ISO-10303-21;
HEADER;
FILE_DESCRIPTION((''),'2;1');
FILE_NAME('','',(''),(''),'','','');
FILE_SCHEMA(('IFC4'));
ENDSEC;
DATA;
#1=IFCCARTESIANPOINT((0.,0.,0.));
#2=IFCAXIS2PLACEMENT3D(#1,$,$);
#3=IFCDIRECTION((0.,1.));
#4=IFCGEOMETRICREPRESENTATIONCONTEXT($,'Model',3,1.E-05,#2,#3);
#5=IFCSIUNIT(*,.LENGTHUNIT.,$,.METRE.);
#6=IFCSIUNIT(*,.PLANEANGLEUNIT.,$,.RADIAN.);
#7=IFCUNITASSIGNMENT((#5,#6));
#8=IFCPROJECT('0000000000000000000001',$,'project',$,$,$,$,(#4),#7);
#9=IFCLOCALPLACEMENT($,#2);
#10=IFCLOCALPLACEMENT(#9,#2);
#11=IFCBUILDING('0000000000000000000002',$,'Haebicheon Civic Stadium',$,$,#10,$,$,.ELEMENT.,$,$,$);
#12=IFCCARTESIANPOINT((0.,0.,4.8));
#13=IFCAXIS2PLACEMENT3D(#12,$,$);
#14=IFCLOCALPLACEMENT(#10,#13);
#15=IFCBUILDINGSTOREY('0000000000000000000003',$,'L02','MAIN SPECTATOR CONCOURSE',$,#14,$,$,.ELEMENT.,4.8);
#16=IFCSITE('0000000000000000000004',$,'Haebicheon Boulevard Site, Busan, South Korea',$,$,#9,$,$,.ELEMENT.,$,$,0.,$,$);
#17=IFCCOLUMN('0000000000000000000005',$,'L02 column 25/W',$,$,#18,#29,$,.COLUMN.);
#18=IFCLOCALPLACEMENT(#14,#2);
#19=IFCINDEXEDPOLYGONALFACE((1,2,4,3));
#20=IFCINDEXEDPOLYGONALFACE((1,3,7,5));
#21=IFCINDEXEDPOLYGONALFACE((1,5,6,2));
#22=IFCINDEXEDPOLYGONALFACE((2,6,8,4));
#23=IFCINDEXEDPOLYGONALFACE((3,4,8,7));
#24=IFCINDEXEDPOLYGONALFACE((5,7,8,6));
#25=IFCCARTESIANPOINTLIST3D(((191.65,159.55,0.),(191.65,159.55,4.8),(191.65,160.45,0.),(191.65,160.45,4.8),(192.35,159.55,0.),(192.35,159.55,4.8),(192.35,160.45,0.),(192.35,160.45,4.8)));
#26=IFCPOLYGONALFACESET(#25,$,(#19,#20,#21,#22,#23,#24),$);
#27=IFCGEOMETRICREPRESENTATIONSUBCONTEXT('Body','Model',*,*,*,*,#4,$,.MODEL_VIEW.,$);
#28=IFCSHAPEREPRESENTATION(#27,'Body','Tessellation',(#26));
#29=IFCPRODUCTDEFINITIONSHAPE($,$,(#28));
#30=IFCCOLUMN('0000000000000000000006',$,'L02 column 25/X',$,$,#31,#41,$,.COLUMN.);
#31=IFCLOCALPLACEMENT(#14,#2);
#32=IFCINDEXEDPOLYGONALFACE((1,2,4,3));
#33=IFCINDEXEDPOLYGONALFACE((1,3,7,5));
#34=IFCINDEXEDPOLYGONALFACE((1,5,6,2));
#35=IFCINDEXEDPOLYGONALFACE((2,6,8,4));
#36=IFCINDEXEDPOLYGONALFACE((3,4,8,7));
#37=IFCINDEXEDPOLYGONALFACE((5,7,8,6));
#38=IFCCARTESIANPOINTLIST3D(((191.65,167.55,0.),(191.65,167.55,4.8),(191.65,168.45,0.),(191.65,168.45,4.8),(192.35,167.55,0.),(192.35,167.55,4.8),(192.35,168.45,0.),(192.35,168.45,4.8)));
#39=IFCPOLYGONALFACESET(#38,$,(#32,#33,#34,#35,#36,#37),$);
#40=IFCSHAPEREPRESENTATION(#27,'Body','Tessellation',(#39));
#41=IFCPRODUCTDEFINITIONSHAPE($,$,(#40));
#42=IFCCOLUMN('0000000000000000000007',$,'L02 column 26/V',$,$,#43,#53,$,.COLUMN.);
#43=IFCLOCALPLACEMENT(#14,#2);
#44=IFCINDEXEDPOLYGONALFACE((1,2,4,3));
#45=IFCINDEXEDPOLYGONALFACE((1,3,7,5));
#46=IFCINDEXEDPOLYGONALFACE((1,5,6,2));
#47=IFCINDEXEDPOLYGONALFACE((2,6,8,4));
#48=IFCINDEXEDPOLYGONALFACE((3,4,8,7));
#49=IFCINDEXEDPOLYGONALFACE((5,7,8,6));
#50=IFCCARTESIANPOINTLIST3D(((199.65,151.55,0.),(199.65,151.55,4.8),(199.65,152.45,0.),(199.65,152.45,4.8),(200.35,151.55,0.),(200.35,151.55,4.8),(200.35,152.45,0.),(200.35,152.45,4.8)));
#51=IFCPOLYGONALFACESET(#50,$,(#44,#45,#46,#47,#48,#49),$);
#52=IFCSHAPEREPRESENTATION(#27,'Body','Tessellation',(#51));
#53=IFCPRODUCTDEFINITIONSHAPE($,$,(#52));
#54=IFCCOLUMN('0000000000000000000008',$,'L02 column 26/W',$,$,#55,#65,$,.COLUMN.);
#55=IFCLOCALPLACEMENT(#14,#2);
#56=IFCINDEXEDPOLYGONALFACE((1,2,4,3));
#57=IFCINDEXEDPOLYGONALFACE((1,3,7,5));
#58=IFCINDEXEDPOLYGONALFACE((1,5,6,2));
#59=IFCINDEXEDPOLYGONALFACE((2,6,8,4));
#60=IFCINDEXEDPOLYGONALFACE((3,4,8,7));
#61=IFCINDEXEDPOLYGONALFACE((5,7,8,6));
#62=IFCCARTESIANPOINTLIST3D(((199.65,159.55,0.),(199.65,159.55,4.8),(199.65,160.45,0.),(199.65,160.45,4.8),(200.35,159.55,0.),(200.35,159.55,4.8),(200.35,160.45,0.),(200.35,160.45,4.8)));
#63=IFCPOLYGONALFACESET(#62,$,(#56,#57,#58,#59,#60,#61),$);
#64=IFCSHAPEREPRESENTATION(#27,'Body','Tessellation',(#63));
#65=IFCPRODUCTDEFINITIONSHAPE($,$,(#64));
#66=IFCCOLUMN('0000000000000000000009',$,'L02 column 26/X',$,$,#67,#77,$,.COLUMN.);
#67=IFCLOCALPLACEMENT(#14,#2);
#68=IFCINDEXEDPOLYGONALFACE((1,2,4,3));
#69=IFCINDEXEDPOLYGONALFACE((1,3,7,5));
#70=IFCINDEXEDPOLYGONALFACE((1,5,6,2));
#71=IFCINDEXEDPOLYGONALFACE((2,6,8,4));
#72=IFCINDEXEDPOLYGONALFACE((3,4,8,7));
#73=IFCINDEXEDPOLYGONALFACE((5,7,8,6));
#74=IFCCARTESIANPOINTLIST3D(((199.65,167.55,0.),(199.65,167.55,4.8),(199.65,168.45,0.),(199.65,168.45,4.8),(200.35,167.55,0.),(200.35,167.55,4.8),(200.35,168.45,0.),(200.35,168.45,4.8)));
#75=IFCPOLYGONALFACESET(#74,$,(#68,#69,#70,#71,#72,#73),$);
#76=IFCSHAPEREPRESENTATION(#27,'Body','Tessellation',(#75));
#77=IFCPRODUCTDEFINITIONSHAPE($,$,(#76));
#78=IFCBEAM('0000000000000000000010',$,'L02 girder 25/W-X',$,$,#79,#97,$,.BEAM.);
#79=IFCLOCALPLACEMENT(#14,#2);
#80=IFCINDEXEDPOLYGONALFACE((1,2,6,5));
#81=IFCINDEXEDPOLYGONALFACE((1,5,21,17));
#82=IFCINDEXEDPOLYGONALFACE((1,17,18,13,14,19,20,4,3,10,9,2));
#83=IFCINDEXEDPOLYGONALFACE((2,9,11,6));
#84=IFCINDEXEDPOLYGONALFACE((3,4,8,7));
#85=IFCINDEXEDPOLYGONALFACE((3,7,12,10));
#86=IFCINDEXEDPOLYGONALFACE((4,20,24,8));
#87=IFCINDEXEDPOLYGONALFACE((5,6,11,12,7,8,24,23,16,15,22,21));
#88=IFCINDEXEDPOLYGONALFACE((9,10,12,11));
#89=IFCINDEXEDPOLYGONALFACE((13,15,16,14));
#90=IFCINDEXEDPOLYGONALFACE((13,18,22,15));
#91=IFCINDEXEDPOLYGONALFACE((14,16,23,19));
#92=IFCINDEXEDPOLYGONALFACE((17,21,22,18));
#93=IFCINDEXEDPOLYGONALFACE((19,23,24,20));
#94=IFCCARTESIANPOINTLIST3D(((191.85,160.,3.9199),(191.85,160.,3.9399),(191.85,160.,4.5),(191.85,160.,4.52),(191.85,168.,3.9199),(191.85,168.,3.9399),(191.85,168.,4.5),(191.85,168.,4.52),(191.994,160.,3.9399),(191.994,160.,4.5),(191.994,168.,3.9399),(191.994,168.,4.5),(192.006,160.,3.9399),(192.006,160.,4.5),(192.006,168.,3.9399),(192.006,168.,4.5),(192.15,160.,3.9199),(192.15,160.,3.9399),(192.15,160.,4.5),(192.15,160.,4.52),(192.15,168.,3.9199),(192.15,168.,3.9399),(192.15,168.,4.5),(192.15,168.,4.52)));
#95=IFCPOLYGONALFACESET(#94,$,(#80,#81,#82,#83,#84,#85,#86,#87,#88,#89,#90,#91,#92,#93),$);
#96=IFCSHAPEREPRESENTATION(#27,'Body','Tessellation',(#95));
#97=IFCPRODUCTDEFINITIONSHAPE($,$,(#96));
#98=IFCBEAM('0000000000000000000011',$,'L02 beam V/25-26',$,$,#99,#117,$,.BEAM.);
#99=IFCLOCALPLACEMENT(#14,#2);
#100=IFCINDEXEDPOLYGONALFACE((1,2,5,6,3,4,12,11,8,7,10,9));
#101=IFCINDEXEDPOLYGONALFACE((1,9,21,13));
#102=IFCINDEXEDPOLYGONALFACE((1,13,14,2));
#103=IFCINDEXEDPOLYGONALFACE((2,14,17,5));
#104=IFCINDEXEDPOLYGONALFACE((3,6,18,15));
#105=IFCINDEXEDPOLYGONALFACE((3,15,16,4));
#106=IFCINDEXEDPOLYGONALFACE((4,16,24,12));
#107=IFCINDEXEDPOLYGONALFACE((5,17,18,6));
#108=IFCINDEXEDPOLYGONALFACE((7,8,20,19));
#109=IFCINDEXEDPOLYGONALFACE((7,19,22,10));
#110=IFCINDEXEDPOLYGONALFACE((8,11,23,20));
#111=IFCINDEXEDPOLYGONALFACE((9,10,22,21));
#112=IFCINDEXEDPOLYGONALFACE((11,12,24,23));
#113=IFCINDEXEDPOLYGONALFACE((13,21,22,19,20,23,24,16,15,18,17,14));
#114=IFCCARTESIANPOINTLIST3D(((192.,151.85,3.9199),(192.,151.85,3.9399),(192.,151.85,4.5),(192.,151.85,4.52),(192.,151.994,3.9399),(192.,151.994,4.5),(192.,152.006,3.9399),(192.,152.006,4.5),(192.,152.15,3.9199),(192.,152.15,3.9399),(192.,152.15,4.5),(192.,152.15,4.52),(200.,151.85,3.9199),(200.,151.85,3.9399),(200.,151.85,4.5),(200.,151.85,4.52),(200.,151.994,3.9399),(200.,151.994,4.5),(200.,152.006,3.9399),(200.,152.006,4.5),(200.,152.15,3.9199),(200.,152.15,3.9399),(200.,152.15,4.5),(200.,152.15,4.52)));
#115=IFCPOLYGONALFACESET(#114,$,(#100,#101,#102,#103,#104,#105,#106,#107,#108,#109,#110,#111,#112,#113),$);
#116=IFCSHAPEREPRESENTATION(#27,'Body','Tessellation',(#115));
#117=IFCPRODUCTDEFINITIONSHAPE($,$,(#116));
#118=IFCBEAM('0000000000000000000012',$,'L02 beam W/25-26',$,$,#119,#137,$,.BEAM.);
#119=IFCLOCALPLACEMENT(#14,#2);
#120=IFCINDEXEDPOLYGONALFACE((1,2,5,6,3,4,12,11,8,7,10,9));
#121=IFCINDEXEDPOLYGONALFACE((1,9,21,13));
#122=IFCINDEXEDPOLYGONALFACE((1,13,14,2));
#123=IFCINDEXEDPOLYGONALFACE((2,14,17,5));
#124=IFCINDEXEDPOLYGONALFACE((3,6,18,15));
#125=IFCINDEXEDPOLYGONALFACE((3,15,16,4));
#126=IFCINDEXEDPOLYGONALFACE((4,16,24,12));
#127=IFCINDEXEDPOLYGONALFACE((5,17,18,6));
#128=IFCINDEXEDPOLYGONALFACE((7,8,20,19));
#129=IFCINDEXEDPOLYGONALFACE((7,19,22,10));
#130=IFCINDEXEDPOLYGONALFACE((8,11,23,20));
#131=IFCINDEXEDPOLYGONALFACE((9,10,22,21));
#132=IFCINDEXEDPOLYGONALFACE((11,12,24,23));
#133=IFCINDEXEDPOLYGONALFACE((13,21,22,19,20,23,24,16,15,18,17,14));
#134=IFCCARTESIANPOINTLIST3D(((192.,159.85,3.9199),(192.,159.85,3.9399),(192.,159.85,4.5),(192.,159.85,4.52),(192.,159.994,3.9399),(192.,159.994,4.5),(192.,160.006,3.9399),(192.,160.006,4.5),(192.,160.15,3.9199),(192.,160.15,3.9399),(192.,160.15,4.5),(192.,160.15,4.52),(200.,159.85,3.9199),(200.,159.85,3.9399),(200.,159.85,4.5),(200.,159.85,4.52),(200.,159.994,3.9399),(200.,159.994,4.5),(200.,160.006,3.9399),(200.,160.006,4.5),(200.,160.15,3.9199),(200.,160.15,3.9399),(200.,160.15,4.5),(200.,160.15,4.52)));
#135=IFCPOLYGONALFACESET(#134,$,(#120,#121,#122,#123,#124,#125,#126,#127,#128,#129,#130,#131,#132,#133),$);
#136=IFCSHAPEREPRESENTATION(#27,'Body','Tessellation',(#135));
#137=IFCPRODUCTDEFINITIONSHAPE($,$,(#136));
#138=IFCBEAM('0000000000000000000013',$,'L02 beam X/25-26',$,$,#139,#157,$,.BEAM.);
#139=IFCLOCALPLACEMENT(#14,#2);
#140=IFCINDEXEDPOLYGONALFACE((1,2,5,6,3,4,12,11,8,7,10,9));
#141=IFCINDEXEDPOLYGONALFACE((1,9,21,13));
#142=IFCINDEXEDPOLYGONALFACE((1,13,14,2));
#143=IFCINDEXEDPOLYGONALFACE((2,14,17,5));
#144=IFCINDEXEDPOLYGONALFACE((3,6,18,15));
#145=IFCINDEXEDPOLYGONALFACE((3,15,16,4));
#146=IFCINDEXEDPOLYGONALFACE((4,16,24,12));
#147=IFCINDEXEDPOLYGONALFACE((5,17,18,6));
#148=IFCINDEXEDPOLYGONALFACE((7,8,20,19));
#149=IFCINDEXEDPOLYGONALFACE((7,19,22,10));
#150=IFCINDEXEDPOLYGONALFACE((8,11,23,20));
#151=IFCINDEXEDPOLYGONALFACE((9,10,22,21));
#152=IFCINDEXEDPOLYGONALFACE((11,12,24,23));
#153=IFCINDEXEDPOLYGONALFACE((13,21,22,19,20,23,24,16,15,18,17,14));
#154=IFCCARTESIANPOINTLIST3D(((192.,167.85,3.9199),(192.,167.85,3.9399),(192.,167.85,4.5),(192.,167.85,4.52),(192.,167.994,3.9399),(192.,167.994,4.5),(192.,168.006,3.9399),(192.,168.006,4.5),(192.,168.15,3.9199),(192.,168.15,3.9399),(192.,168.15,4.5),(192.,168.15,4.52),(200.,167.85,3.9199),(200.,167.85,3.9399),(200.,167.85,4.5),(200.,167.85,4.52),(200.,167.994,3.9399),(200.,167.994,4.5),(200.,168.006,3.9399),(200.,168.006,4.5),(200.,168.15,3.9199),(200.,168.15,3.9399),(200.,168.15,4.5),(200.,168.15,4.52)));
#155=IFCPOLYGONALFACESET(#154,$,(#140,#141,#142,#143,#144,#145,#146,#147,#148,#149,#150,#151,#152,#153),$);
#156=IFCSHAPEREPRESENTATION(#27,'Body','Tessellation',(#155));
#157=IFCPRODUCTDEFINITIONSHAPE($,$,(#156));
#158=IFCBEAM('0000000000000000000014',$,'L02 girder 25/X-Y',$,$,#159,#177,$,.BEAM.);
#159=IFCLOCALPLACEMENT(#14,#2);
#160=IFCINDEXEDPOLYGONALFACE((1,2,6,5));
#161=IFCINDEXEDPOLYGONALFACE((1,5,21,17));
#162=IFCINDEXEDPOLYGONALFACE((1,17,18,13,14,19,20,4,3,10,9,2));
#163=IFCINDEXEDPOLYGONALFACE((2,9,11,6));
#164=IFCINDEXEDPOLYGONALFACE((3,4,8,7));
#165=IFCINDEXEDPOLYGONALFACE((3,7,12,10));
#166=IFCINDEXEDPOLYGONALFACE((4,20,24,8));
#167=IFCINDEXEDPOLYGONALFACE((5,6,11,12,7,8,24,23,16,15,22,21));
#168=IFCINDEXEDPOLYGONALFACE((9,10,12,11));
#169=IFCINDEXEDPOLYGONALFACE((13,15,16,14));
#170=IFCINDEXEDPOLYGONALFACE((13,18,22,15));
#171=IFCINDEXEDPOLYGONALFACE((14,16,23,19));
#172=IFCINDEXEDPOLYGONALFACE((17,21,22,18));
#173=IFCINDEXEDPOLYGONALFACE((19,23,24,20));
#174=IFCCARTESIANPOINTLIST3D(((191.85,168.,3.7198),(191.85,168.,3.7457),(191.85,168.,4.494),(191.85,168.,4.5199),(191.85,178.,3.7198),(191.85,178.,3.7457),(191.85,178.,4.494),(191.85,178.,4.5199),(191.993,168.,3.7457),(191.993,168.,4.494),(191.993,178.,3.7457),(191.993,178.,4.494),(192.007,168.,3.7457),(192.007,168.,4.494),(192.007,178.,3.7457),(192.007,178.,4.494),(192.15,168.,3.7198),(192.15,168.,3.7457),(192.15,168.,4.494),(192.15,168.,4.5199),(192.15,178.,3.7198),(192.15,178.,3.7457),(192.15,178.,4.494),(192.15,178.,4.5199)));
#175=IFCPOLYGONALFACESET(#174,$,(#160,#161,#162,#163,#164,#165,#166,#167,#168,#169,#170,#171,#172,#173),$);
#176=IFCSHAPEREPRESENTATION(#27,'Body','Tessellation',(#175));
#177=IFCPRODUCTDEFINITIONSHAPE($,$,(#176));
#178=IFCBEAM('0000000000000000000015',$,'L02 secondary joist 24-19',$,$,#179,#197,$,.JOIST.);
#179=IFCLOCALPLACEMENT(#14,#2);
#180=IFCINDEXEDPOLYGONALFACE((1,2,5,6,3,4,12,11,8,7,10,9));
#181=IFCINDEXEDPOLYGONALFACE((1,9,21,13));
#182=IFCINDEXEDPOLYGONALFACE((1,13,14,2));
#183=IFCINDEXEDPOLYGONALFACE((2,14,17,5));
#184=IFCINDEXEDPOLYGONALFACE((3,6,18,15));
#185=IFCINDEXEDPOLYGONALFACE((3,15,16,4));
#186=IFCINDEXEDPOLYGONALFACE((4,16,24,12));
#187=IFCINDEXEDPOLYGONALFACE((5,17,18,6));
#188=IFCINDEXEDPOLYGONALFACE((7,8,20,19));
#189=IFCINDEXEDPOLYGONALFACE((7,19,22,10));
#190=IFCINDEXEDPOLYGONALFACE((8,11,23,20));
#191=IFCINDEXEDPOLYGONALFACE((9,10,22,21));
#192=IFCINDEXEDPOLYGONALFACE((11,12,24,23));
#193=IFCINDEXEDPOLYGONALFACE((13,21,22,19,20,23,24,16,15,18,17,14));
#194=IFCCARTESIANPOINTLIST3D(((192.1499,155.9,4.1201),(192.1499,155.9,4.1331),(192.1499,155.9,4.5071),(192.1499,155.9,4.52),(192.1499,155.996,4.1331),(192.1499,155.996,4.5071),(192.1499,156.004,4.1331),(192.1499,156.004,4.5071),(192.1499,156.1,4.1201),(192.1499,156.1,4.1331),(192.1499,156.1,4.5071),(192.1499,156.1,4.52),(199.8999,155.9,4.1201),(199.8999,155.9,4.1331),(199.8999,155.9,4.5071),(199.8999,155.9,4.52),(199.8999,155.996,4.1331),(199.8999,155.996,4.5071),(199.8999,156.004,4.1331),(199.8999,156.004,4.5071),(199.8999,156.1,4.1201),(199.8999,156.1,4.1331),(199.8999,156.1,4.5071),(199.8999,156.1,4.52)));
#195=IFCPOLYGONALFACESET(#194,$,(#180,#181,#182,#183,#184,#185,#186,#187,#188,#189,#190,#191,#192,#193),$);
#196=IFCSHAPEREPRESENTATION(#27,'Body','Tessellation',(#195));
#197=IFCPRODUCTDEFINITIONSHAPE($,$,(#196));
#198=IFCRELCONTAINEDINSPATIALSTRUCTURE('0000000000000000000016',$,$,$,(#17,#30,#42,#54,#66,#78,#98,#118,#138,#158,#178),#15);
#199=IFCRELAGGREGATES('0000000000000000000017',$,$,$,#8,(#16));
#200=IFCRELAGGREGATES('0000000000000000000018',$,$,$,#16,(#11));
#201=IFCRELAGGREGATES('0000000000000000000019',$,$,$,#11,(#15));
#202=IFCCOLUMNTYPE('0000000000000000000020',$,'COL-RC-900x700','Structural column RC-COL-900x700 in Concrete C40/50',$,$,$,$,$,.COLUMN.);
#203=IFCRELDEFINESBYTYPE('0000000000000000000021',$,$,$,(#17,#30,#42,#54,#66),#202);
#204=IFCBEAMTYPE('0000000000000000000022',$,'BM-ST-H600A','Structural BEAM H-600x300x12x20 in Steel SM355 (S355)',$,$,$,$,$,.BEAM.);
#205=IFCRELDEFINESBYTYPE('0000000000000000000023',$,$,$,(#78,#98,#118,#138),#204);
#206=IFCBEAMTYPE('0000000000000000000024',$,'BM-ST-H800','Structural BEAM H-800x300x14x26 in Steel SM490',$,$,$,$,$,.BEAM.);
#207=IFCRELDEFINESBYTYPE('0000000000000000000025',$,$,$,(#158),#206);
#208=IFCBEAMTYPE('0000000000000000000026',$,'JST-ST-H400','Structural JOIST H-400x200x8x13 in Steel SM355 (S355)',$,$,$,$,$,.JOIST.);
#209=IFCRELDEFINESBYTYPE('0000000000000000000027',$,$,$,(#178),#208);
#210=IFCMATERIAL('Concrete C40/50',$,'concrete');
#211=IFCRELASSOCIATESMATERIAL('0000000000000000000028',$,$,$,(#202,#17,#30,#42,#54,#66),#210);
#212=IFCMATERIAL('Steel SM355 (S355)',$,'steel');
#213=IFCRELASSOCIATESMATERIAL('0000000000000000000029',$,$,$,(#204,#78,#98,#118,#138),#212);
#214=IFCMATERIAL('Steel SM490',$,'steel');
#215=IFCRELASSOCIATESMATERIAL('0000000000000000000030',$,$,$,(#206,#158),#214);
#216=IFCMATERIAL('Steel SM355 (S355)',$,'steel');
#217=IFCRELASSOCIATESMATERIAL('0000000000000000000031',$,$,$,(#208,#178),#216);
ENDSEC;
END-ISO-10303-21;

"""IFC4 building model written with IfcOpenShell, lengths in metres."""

from ifc_helpers import new_model, si_unit, direction, frame, origin, origin_2d, place, context, subcontext, project, spatial, rectangle, i_section, extrude, material, material_profile, profile_set, type_object, element, save


model = new_model("IFC4")

# Units and contexts
model_context = context("Model", 3, precision=1e-05, world=origin(), true_north=direction((0.0, 1.0)))
body_context = subcontext(model_context, "Body", "Model", "MODEL_VIEW")
ifc_project = project(units=[si_unit("LENGTHUNIT", "METRE"), si_unit("PLANEANGLEUNIT", "RADIAN")], contexts=[model_context])

# Site, building, storey
site_placement = place(None, origin())
site = spatial("IfcSite", under=ifc_project, at=site_placement, Name="Haebicheon Boulevard Site, Busan, South Korea", CompositionType="ELEMENT", RefElevation=0.0)
building_placement = place(site_placement, origin())
building = spatial("IfcBuilding", under=site, at=building_placement, Name="Haebicheon Civic Stadium", CompositionType="ELEMENT")
storey_placement = place(building_placement, frame((0.0, 0.0, 4.8)))
storey = spatial("IfcBuildingStorey", under=building, at=storey_placement, Name="L02", Description="MAIN SPECTATOR CONCOURSE", CompositionType="ELEMENT", Elevation=4.8)

# Columns
ifc_material_1 = material(Name="Concrete C40/50", Category="concrete")
ifc_material_profile_1 = material_profile(ifc_material_1, rectangle(XDim=0.7, YDim=0.8999, at=origin_2d()), Name="RC-COL-900x700")
ifc_profile_set_1 = profile_set([ifc_material_profile_1], Name="Concrete C40/50")
column_type = type_object("IfcColumnType", Name="COL-RC-900x700", Description="Structural column RC-COL-900x700 in Concrete C40/50", PredefinedType="COLUMN", material=ifc_profile_set_1)
for number, where, z_axis, x_axis, name in (
    (1, (192.0, 160.0, 0.0), (0.0, 0.0, 1.0), (1.0, 0.0, 0.0), "L02 column 25/W"),
    (2, (192.0, 168.0, 0.0), (0.0, 0.0, 1.0), (1.0, 0.0, 0.0), "L02 column 25/X"),
    (3, (200.0, 152.0, 0.0), (0.0, 0.0, 1.0), (1.0, 0.0, 0.0), "L02 column 26/V"),
    (4, (200.0, 160.0, 0.0), (0.0, 0.0, 1.0), (1.0, 0.0, 0.0), "L02 column 26/W"),
    (5, (200.0, 168.0, 0.0), (0.0, 0.0, 1.0), (1.0, 0.0, 0.0), "L02 column 26/X"),
):
    element("IfcColumn", number, at=place(storey_placement, frame(where, z_axis=z_axis, x_axis=x_axis)), inside=storey, type_object=column_type, material=ifc_profile_set_1, Name=name, PredefinedType="COLUMN", context=body_context, shape_type="SweptSolid", body=[
        extrude(rectangle(XDim=0.7, YDim=0.8999, at=origin_2d()), origin(), (0.0, 0.0, 1.0), 4.8),
    ])

# Beams
ifc_material_2 = material(Name="Steel SM355 (S355)", Category="steel")
ifc_material_profile_2 = material_profile(ifc_material_2, i_section(OverallWidth=0.3, OverallDepth=0.6001, WebThickness=0.012, FlangeThickness=0.02, at=origin_2d()), Name="H-600x300x12x20")
ifc_profile_set_2 = profile_set([ifc_material_profile_2], Name="Steel SM355 (S355)")
beam_type_1 = type_object("IfcBeamType", Name="BM-ST-H600A", Description="Structural BEAM H-600x300x12x20 in Steel SM355 (S355)", PredefinedType="BEAM", material=ifc_profile_set_2)
for number, where, z_axis, x_axis, name in (
    (6, (192.0, 160.0, 4.22), (0.0, 1.0, 0.0), (-1.0, 0.0, 0.0), "L02 girder 25/W-X"),
    (7, (192.0, 152.0, 4.22), (1.0, 0.0, 0.0), (0.0, 1.0, 0.0), "L02 beam V/25-26"),
    (8, (192.0, 160.0, 4.22), (1.0, 0.0, 0.0), (0.0, 1.0, 0.0), "L02 beam W/25-26"),
    (9, (192.0, 168.0, 4.22), (1.0, 0.0, 0.0), (0.0, 1.0, 0.0), "L02 beam X/25-26"),
):
    element("IfcBeam", number, at=place(storey_placement, frame(where, z_axis=z_axis, x_axis=x_axis)), inside=storey, type_object=beam_type_1, material=ifc_profile_set_2, Name=name, PredefinedType="BEAM", context=body_context, shape_type="SweptSolid", body=[
        extrude(i_section(OverallWidth=0.3, OverallDepth=0.6001, WebThickness=0.012, FlangeThickness=0.02, at=origin_2d()), origin(), (0.0, 0.0, 1.0), 8.0),
    ])
ifc_material_3 = material(Name="Steel SM490", Category="steel")
ifc_material_profile_3 = material_profile(ifc_material_3, i_section(OverallWidth=0.3, OverallDepth=0.8, WebThickness=0.0139, FlangeThickness=0.0259, at=origin_2d()), Name="H-800x300x14x26")
ifc_profile_set_3 = profile_set([ifc_material_profile_3], Name="Steel SM490")
beam_type_2 = type_object("IfcBeamType", Name="BM-ST-H800", Description="Structural BEAM H-800x300x14x26 in Steel SM490", PredefinedType="BEAM", material=ifc_profile_set_3)
beam_placement = place(storey_placement, frame((192.0, 168.0, 4.1199), z_axis=(0.0, 1.0, 0.0), x_axis=(-1.0, 0.0, 0.0)))
element("IfcBeam", 10, at=beam_placement, inside=storey, type_object=beam_type_2, material=ifc_profile_set_3, Name="L02 girder 25/X-Y", PredefinedType="BEAM", context=body_context, shape_type="SweptSolid", body=[
    extrude(i_section(OverallWidth=0.3, OverallDepth=0.8, WebThickness=0.0139, FlangeThickness=0.0259, at=origin_2d()), origin(), (0.0, 0.0, 1.0), 10.0),
])
ifc_material_4 = material(Name="Steel SM355 (S355)", Category="steel")
ifc_material_profile_4 = material_profile(ifc_material_4, i_section(OverallWidth=0.2, OverallDepth=0.3999, WebThickness=0.0081, FlangeThickness=0.0129, at=origin_2d()), Name="H-400x200x8x13")
ifc_profile_set_4 = profile_set([ifc_material_profile_4], Name="Steel SM355 (S355)")
beam_type_3 = type_object("IfcBeamType", Name="JST-ST-H400", Description="Structural JOIST H-400x200x8x13 in Steel SM355 (S355)", PredefinedType="JOIST", material=ifc_profile_set_4)
for number, where, z_axis, x_axis, name in (
    (11, (192.1499, 156.0, 4.3201), (1.0, 0.0, 0.0), (0.0, 1.0, 0.0), "L02 secondary joist 24-19"),
):
    element("IfcBeam", number, at=place(storey_placement, frame(where, z_axis=z_axis, x_axis=x_axis)), inside=storey, type_object=beam_type_3, material=ifc_profile_set_4, Name=name, PredefinedType="JOIST", context=body_context, shape_type="SweptSolid", body=[
        extrude(i_section(OverallWidth=0.2, OverallDepth=0.3999, WebThickness=0.0081, FlangeThickness=0.0129, at=origin_2d()), origin(), (0.0, 0.0, 1.0), 7.75),
    ])

save(model, "model.ifc")
